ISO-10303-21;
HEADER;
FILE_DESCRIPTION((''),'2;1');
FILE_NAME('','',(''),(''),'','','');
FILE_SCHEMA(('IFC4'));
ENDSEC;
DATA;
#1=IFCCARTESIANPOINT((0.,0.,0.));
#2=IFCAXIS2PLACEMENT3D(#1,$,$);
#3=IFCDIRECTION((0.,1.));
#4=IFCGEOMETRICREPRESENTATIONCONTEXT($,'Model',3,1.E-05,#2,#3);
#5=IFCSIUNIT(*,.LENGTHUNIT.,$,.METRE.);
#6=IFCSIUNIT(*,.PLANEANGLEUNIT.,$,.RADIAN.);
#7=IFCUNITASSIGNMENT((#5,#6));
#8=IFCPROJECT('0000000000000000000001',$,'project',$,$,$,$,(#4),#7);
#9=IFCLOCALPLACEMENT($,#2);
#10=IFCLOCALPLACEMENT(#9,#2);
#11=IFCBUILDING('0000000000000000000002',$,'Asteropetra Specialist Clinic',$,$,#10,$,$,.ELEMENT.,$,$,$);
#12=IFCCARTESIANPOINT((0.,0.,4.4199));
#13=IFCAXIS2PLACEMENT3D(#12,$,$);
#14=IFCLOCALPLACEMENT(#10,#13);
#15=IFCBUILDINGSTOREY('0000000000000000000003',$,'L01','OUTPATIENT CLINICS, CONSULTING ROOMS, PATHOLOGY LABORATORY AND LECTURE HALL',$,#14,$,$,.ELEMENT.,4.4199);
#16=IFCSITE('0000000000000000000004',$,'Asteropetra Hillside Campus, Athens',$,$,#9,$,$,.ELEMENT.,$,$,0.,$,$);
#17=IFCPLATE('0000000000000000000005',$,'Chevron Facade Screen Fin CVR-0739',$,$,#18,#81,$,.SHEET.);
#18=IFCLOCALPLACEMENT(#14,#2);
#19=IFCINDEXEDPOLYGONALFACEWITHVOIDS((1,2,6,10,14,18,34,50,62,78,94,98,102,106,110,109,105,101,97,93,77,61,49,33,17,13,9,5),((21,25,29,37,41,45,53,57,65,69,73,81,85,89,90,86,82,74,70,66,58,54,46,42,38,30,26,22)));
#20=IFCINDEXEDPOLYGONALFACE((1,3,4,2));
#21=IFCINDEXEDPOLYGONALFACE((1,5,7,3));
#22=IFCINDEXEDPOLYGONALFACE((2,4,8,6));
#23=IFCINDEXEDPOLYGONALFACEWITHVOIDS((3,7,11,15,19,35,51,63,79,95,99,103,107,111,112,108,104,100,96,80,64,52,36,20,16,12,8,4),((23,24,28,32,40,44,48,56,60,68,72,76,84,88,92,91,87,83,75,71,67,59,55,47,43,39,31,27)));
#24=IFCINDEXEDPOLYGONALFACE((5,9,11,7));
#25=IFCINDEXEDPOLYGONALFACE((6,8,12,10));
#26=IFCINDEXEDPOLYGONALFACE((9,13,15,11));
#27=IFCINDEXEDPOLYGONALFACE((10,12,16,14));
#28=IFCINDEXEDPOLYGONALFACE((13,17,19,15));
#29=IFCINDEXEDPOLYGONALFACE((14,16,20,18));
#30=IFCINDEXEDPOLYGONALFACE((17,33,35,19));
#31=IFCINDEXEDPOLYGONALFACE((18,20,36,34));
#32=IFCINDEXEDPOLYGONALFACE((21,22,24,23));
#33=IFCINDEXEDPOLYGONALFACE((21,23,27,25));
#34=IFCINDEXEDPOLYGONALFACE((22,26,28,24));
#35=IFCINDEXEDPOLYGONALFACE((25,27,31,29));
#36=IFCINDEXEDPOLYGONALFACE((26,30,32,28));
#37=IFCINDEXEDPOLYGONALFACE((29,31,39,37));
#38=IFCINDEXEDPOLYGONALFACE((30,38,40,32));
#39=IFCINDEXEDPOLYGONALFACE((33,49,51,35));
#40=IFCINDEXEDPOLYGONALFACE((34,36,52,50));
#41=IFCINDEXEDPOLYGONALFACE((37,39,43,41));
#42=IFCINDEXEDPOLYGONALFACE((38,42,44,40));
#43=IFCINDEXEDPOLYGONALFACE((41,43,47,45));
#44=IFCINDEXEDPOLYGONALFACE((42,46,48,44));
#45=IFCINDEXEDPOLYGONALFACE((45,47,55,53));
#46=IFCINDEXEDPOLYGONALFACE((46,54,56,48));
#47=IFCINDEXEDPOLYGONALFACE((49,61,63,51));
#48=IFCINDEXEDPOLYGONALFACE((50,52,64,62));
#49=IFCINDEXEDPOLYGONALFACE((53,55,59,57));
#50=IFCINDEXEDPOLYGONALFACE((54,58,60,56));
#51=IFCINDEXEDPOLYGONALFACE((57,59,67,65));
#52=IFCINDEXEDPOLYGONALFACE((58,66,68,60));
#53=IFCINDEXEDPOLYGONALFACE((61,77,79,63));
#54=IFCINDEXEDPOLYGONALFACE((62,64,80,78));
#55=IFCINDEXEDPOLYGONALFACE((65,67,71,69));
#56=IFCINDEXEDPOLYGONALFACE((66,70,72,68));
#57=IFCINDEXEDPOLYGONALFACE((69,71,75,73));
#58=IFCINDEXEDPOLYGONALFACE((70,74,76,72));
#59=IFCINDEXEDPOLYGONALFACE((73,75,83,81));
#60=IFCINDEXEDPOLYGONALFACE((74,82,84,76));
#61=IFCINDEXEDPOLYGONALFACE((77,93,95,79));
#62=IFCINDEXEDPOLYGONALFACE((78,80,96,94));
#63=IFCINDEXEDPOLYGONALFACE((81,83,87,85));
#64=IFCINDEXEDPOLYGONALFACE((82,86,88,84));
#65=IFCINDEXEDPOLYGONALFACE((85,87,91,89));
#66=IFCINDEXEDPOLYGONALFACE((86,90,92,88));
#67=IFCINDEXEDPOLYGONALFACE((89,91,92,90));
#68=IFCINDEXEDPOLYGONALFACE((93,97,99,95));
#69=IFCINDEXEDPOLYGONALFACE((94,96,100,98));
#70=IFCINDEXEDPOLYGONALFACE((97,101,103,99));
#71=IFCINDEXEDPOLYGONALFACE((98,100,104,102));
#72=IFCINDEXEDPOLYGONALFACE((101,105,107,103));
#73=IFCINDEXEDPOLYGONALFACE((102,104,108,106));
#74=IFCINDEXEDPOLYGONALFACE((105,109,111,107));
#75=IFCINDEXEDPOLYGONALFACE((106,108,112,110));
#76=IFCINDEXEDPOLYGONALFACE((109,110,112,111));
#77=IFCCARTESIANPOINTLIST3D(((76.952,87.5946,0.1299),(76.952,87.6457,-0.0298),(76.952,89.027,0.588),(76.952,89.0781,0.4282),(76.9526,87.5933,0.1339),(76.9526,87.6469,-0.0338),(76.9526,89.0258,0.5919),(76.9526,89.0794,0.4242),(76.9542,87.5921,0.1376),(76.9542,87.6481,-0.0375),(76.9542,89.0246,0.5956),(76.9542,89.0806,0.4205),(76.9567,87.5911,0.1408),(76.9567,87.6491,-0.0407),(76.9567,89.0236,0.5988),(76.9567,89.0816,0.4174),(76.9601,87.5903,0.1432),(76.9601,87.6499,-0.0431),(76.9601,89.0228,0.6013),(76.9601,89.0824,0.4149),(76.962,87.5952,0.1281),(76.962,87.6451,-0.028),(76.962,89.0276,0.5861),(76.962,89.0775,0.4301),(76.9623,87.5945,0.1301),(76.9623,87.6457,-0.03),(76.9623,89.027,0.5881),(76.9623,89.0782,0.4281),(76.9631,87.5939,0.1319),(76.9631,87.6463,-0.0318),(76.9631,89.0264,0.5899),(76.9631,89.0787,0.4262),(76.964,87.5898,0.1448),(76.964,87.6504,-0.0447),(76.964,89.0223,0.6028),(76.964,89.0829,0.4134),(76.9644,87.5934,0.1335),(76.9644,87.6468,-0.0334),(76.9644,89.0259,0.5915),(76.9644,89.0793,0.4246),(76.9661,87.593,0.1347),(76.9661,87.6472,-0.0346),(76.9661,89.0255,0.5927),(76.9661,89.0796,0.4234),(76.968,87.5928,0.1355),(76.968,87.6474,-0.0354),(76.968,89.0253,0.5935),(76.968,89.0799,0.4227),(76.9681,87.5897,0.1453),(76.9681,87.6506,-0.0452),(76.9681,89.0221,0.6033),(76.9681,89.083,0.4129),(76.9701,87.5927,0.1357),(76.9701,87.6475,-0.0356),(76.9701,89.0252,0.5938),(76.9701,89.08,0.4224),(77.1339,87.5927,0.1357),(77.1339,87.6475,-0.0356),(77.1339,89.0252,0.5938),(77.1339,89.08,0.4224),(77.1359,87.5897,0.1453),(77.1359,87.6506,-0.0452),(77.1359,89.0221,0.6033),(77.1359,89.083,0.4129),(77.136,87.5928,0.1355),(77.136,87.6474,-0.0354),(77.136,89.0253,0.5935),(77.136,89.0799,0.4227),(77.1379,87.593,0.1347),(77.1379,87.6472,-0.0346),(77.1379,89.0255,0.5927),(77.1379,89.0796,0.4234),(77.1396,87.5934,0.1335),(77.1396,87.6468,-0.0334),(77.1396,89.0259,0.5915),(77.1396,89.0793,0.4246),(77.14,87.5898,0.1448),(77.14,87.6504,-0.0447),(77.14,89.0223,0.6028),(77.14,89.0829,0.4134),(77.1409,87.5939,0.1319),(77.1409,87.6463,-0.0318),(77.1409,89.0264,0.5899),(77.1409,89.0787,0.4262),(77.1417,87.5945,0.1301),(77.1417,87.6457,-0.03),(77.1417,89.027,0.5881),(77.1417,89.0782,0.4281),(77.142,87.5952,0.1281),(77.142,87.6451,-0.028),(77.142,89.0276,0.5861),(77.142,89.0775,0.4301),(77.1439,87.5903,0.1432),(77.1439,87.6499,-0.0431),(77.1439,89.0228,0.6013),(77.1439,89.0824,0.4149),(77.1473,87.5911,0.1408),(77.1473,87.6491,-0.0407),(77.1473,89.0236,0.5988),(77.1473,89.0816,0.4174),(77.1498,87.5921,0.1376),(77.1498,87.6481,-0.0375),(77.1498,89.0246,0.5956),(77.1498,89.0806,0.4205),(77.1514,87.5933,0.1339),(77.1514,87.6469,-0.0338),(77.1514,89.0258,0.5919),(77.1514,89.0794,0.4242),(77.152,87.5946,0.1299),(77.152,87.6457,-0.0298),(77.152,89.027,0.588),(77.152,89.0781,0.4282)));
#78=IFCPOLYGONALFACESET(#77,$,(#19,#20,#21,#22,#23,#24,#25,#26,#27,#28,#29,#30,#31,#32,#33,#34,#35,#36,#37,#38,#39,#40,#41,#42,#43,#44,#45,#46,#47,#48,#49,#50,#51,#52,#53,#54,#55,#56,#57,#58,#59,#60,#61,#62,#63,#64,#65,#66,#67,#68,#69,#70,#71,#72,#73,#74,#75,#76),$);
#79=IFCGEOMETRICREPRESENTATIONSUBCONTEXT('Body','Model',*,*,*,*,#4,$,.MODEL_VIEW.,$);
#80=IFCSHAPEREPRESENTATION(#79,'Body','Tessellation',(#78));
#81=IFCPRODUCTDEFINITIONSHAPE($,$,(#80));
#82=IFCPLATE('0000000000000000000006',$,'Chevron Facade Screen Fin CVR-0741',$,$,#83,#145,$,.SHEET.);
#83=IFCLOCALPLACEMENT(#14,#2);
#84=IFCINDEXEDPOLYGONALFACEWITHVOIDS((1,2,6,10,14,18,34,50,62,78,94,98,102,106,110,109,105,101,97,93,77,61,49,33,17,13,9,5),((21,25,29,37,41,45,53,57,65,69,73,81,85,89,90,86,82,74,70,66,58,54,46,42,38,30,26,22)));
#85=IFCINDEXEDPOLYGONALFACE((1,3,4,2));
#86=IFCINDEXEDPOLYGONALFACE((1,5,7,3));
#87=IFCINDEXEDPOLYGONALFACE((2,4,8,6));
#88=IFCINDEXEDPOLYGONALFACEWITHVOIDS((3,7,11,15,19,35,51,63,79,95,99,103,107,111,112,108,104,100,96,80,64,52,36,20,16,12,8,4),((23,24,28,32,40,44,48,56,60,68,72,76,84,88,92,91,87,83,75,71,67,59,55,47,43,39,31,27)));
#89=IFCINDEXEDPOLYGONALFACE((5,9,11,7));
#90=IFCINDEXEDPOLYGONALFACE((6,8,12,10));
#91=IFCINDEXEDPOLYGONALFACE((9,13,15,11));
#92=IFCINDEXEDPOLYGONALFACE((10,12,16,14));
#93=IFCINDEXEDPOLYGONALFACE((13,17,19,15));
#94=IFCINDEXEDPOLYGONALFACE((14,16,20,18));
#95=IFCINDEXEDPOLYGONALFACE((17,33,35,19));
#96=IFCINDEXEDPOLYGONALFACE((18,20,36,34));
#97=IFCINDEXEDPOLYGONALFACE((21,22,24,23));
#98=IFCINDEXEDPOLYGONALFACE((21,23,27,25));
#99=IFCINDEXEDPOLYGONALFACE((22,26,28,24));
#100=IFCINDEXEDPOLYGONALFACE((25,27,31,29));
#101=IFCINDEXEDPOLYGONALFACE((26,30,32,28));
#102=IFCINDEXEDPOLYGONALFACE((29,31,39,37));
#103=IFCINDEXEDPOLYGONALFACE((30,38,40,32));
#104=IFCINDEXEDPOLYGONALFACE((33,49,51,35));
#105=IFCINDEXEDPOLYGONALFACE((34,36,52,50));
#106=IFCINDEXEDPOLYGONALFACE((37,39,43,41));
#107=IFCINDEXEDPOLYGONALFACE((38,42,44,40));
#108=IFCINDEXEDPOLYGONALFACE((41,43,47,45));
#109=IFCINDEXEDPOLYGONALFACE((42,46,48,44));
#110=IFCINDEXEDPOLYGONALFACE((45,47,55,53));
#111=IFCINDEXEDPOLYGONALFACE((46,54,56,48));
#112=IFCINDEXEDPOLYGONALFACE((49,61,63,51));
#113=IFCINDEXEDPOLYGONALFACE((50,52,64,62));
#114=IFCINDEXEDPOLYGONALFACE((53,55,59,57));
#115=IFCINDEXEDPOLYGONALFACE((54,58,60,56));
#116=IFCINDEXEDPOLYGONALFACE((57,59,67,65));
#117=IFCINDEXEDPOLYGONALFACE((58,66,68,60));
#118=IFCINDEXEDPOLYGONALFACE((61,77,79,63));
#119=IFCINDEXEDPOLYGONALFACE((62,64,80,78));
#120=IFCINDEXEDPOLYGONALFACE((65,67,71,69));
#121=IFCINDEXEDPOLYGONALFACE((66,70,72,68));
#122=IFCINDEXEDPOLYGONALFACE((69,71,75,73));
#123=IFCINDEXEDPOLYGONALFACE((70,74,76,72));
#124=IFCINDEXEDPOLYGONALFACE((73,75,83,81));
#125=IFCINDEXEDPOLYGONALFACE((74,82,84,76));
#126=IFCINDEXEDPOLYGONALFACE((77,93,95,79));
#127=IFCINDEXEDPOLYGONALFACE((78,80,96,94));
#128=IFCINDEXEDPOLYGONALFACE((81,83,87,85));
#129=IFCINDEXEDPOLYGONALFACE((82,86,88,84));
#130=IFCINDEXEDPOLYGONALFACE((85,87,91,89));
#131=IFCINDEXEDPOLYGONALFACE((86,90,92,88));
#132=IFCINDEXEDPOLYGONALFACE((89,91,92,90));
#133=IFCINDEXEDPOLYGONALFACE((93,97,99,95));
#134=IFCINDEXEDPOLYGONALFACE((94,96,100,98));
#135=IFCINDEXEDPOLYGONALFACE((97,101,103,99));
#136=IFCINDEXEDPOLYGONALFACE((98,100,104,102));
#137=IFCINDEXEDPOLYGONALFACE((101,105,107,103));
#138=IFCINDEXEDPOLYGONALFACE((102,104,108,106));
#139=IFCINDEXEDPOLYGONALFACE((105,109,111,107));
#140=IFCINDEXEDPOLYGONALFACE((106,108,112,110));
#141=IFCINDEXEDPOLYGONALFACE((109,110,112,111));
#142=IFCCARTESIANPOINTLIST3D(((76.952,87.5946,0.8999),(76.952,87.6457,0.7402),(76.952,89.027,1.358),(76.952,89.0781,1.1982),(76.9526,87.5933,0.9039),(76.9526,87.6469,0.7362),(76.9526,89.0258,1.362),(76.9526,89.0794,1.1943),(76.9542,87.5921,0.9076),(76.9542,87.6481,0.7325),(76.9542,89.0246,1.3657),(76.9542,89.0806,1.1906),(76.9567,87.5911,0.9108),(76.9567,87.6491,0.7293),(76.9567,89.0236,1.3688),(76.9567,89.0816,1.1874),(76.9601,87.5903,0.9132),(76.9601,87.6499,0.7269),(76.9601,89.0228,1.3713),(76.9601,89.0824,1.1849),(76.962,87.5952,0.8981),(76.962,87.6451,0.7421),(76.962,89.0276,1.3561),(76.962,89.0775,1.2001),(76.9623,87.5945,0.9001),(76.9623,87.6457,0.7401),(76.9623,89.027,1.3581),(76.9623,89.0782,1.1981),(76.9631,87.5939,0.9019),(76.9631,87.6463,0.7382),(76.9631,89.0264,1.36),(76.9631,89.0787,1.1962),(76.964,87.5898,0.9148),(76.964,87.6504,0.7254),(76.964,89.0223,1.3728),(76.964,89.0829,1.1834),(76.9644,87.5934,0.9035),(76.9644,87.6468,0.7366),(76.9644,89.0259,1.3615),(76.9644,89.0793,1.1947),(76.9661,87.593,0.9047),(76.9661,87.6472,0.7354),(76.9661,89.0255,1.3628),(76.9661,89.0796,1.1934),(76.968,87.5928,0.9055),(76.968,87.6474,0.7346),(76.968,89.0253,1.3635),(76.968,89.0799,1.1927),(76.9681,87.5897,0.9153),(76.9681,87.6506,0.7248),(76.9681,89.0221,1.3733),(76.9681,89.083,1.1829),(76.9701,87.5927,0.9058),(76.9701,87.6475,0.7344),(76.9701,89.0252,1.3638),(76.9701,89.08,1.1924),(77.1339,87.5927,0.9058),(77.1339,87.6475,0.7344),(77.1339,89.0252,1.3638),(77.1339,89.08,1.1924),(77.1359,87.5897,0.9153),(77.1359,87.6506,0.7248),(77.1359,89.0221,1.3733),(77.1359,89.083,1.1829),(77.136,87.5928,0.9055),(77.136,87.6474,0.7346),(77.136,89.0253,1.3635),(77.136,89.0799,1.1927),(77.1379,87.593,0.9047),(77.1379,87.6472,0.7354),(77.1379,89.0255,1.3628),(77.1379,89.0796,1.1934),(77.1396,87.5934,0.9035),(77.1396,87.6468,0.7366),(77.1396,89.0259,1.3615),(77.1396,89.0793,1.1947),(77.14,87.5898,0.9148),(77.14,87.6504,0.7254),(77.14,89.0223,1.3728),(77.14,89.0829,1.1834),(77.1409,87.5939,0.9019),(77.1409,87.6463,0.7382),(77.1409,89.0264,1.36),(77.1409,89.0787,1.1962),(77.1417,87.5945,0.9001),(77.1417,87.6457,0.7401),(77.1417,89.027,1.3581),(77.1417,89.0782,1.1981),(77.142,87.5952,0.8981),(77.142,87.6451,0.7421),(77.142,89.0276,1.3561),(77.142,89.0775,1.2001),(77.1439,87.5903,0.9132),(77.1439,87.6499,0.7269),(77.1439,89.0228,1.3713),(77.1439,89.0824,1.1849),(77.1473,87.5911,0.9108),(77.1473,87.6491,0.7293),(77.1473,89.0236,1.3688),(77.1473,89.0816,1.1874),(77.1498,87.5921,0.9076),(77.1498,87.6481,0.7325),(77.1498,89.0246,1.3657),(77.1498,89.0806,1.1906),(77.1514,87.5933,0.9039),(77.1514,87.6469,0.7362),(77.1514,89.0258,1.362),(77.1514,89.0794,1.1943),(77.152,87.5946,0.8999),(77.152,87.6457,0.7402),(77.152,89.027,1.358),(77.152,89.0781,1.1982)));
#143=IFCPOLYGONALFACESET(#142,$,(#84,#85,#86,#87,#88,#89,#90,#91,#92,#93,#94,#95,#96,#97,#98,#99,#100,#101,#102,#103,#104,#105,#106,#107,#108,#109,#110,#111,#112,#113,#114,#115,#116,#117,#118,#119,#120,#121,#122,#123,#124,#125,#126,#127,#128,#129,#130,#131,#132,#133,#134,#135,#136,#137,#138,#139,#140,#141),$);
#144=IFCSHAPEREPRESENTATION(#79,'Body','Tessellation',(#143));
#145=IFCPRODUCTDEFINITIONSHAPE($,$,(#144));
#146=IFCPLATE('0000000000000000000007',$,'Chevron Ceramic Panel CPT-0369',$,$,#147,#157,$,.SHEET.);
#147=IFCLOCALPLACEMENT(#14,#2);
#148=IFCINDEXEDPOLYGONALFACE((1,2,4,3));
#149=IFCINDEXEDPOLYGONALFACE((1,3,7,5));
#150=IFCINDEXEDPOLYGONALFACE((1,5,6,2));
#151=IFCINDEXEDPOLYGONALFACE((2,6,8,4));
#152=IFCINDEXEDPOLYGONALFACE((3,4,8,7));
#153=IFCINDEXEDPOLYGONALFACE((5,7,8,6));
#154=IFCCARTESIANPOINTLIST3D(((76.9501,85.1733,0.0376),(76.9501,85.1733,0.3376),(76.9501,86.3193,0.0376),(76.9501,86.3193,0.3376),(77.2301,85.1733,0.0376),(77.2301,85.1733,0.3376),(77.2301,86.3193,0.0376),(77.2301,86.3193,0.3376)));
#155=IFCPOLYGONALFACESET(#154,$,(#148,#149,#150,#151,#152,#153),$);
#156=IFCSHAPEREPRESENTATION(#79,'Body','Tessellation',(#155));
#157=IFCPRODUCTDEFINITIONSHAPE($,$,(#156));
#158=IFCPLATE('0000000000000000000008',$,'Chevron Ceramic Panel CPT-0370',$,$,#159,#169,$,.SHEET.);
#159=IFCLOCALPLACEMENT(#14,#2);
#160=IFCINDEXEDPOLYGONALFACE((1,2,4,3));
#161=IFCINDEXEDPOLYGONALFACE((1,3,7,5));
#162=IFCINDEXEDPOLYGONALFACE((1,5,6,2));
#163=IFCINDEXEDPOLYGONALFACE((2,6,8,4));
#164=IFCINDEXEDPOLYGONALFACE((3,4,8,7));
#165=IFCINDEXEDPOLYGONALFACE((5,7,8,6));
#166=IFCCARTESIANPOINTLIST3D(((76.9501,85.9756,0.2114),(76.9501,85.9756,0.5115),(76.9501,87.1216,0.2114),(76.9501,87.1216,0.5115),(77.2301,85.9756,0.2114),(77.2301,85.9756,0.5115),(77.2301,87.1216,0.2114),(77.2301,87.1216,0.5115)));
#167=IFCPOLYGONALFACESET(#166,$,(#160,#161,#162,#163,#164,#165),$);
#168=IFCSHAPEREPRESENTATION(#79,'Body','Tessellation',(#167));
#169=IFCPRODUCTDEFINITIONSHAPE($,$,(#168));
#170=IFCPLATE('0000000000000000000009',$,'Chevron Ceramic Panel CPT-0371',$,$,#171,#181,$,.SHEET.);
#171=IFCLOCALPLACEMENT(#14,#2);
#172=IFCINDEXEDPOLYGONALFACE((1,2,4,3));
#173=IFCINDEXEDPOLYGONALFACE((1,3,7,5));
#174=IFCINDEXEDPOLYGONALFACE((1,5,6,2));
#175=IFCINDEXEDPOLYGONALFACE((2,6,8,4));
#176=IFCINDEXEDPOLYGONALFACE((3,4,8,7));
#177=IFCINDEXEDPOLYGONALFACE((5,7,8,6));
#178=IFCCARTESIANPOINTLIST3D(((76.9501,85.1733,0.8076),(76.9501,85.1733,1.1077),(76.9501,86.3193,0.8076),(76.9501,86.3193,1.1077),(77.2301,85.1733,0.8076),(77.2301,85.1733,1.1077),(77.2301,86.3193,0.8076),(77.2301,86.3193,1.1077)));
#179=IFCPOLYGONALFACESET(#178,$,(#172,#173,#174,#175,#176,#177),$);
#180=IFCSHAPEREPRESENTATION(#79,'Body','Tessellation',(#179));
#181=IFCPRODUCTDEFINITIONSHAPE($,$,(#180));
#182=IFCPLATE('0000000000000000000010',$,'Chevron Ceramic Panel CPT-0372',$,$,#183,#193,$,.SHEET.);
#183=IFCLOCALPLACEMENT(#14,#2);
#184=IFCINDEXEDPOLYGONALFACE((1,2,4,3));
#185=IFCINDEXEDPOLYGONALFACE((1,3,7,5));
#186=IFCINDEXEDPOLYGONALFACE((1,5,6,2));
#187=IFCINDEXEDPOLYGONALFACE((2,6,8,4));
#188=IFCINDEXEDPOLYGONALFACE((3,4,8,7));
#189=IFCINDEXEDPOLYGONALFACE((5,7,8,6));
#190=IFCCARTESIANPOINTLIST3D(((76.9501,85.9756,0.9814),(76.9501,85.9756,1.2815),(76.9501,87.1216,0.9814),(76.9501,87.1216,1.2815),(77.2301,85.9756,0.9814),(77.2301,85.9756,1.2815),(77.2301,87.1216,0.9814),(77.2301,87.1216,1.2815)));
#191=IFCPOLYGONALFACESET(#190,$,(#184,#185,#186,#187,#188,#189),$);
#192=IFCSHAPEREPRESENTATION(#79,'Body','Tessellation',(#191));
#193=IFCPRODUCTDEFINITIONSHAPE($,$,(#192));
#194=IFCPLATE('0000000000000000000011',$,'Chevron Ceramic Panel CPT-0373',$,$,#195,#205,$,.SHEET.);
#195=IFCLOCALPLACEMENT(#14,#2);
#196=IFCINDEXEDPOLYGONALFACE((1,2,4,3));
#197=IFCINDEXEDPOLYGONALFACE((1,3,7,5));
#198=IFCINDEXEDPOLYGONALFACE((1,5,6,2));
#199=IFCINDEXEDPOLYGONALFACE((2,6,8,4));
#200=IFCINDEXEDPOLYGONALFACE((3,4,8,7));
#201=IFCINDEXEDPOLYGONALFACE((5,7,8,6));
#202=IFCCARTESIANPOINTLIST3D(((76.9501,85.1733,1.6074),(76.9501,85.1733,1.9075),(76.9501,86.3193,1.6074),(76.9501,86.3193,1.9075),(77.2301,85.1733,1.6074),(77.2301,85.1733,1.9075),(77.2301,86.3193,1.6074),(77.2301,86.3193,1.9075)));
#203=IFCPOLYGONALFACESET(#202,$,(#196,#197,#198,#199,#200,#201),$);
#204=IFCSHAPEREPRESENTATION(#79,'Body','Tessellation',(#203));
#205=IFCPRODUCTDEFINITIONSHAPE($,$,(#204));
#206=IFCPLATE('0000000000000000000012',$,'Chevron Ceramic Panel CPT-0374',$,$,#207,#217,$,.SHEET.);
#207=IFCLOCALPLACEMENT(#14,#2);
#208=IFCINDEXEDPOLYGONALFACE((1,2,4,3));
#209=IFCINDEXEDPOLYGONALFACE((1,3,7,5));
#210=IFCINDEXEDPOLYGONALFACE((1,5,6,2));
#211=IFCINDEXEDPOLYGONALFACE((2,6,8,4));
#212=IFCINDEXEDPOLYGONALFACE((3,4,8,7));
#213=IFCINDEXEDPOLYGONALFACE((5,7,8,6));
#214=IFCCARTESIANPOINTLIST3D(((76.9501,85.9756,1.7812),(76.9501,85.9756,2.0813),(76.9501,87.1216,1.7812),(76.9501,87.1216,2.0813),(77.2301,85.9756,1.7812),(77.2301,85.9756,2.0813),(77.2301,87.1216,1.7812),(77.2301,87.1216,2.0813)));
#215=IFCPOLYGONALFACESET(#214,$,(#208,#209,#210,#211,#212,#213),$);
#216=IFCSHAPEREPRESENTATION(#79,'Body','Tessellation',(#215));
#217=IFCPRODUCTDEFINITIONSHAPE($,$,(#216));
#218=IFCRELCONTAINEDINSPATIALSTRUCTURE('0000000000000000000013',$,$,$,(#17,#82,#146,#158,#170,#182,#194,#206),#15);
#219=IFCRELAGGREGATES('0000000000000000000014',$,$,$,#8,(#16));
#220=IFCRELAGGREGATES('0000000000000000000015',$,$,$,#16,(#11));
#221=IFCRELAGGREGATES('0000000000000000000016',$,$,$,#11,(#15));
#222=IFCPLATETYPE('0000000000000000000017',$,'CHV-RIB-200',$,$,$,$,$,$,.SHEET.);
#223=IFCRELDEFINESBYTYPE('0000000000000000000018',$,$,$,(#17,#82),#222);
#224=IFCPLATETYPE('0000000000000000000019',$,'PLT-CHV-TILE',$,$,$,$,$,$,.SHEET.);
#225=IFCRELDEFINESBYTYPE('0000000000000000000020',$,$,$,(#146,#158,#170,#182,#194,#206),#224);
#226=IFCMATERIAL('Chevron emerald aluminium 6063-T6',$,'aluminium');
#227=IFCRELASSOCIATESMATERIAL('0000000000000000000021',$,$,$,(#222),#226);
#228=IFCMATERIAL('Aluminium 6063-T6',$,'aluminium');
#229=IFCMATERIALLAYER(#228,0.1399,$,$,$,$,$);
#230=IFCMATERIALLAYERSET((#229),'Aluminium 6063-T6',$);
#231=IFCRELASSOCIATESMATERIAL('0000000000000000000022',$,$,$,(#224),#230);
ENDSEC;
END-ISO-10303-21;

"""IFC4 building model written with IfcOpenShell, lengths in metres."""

from ifc_helpers import new_model, si_unit, direction, frame, origin, origin_2d, place, context, subcontext, project, spatial, rectangle, hollow_rectangle, extrude, material, layer, layer_set, material_profile, profile_set, type_object, element, save


model = new_model("IFC4")

# Units and contexts
model_context = context("Model", 3, precision=1e-05, world=origin(), true_north=direction((0.0, 1.0)))
body_context = subcontext(model_context, "Body", "Model", "MODEL_VIEW")
ifc_project = project(units=[si_unit("LENGTHUNIT", "METRE"), si_unit("PLANEANGLEUNIT", "RADIAN")], contexts=[model_context])

# Site, building, storey
site_placement = place(None, origin())
site = spatial("IfcSite", under=ifc_project, at=site_placement, Name="Asteropetra Hillside Campus, Athens", CompositionType="ELEMENT", RefElevation=0.0)
building_placement = place(site_placement, origin())
building = spatial("IfcBuilding", under=site, at=building_placement, Name="Asteropetra Specialist Clinic", CompositionType="ELEMENT")
storey_placement = place(building_placement, frame((0.0, 0.0, 4.4199)))
storey = spatial("IfcBuildingStorey", under=building, at=storey_placement, Name="L01", Description="OUTPATIENT CLINICS, CONSULTING ROOMS, PATHOLOGY LABORATORY AND LECTURE HALL", CompositionType="ELEMENT", Elevation=4.4199)

# Plates
ifc_material_1 = material(Name="Chevron emerald aluminium 6063-T6", Category="aluminium")
ifc_material_profile_1 = material_profile(ifc_material_1, hollow_rectangle(XDim=0.2, YDim=0.2, WallThickness=0.01, InnerFilletRadius=0.0081, OuterFilletRadius=0.0161, at=origin_2d()), Name="SHS 200x200x10.0")
ifc_profile_set_1 = profile_set([ifc_material_profile_1], Name="Chevron emerald aluminium 6063-T6")
plate_type_1 = type_object("IfcPlateType", Name="CHV-RIB-200", PredefinedType="SHEET", material=ifc_profile_set_1)
for number, where, z_axis, x_axis, name in (
    (1, (77.052, 87.6201, 0.05), (0.0, 0.952492, 0.304564), (-1.0, 0.0, 0.0), "Chevron Facade Screen Fin CVR-0739"),
    (2, (77.052, 87.6201, 0.8201), (0.0, 0.952492, 0.304564), (-1.0, 0.0, 0.0), "Chevron Facade Screen Fin CVR-0741"),
):
    element("IfcPlate", number, at=place(storey_placement, frame(where, z_axis=z_axis, x_axis=x_axis)), inside=storey, type_object=plate_type_1, Name=name, PredefinedType="SHEET", context=body_context, shape_type="SweptSolid", body=[
        extrude(hollow_rectangle(XDim=0.2, YDim=0.2, WallThickness=0.01, InnerFilletRadius=0.0081, OuterFilletRadius=0.0161, at=origin_2d()), origin(), (0.0, 0.0, 1.0), 1.5039),
    ])
ifc_material_2 = material(Name="Aluminium 6063-T6", Category="aluminium")
ifc_layer_1 = layer(ifc_material_2, 0.1399)
ifc_layer_set_1 = layer_set([ifc_layer_1], Name="Aluminium 6063-T6")
plate_type_2 = type_object("IfcPlateType", Name="PLT-CHV-TILE", PredefinedType="SHEET", material=ifc_layer_set_1)
for number, where, z_axis, x_axis, name in (
    (3, (77.0901, 85.7463, 0.0376), (0.0, 0.0, 1.0), (1.0, 0.0, 0.0), "Chevron Ceramic Panel CPT-0369"),
    (4, (77.0901, 86.5486, 0.2114), (0.0, 0.0, 1.0), (1.0, 0.0, 0.0), "Chevron Ceramic Panel CPT-0370"),
    (5, (77.0901, 85.7463, 0.8076), (0.0, 0.0, 1.0), (1.0, 0.0, 0.0), "Chevron Ceramic Panel CPT-0371"),
    (6, (77.0901, 86.5486, 0.9814), (0.0, 0.0, 1.0), (1.0, 0.0, 0.0), "Chevron Ceramic Panel CPT-0372"),
    (7, (77.0901, 85.7463, 1.6074), (0.0, 0.0, 1.0), (1.0, 0.0, 0.0), "Chevron Ceramic Panel CPT-0373"),
    (8, (77.0901, 86.5486, 1.7812), (0.0, 0.0, 1.0), (1.0, 0.0, 0.0), "Chevron Ceramic Panel CPT-0374"),
):
    element("IfcPlate", number, at=place(storey_placement, frame(where, z_axis=z_axis, x_axis=x_axis)), inside=storey, type_object=plate_type_2, Name=name, PredefinedType="SHEET", context=body_context, shape_type="SweptSolid", body=[
        extrude(rectangle(XDim=0.28, YDim=1.146, at=origin_2d()), origin(), (0.0, 0.0, 1.0), 0.3),
    ])

save(model, "model.ifc")
